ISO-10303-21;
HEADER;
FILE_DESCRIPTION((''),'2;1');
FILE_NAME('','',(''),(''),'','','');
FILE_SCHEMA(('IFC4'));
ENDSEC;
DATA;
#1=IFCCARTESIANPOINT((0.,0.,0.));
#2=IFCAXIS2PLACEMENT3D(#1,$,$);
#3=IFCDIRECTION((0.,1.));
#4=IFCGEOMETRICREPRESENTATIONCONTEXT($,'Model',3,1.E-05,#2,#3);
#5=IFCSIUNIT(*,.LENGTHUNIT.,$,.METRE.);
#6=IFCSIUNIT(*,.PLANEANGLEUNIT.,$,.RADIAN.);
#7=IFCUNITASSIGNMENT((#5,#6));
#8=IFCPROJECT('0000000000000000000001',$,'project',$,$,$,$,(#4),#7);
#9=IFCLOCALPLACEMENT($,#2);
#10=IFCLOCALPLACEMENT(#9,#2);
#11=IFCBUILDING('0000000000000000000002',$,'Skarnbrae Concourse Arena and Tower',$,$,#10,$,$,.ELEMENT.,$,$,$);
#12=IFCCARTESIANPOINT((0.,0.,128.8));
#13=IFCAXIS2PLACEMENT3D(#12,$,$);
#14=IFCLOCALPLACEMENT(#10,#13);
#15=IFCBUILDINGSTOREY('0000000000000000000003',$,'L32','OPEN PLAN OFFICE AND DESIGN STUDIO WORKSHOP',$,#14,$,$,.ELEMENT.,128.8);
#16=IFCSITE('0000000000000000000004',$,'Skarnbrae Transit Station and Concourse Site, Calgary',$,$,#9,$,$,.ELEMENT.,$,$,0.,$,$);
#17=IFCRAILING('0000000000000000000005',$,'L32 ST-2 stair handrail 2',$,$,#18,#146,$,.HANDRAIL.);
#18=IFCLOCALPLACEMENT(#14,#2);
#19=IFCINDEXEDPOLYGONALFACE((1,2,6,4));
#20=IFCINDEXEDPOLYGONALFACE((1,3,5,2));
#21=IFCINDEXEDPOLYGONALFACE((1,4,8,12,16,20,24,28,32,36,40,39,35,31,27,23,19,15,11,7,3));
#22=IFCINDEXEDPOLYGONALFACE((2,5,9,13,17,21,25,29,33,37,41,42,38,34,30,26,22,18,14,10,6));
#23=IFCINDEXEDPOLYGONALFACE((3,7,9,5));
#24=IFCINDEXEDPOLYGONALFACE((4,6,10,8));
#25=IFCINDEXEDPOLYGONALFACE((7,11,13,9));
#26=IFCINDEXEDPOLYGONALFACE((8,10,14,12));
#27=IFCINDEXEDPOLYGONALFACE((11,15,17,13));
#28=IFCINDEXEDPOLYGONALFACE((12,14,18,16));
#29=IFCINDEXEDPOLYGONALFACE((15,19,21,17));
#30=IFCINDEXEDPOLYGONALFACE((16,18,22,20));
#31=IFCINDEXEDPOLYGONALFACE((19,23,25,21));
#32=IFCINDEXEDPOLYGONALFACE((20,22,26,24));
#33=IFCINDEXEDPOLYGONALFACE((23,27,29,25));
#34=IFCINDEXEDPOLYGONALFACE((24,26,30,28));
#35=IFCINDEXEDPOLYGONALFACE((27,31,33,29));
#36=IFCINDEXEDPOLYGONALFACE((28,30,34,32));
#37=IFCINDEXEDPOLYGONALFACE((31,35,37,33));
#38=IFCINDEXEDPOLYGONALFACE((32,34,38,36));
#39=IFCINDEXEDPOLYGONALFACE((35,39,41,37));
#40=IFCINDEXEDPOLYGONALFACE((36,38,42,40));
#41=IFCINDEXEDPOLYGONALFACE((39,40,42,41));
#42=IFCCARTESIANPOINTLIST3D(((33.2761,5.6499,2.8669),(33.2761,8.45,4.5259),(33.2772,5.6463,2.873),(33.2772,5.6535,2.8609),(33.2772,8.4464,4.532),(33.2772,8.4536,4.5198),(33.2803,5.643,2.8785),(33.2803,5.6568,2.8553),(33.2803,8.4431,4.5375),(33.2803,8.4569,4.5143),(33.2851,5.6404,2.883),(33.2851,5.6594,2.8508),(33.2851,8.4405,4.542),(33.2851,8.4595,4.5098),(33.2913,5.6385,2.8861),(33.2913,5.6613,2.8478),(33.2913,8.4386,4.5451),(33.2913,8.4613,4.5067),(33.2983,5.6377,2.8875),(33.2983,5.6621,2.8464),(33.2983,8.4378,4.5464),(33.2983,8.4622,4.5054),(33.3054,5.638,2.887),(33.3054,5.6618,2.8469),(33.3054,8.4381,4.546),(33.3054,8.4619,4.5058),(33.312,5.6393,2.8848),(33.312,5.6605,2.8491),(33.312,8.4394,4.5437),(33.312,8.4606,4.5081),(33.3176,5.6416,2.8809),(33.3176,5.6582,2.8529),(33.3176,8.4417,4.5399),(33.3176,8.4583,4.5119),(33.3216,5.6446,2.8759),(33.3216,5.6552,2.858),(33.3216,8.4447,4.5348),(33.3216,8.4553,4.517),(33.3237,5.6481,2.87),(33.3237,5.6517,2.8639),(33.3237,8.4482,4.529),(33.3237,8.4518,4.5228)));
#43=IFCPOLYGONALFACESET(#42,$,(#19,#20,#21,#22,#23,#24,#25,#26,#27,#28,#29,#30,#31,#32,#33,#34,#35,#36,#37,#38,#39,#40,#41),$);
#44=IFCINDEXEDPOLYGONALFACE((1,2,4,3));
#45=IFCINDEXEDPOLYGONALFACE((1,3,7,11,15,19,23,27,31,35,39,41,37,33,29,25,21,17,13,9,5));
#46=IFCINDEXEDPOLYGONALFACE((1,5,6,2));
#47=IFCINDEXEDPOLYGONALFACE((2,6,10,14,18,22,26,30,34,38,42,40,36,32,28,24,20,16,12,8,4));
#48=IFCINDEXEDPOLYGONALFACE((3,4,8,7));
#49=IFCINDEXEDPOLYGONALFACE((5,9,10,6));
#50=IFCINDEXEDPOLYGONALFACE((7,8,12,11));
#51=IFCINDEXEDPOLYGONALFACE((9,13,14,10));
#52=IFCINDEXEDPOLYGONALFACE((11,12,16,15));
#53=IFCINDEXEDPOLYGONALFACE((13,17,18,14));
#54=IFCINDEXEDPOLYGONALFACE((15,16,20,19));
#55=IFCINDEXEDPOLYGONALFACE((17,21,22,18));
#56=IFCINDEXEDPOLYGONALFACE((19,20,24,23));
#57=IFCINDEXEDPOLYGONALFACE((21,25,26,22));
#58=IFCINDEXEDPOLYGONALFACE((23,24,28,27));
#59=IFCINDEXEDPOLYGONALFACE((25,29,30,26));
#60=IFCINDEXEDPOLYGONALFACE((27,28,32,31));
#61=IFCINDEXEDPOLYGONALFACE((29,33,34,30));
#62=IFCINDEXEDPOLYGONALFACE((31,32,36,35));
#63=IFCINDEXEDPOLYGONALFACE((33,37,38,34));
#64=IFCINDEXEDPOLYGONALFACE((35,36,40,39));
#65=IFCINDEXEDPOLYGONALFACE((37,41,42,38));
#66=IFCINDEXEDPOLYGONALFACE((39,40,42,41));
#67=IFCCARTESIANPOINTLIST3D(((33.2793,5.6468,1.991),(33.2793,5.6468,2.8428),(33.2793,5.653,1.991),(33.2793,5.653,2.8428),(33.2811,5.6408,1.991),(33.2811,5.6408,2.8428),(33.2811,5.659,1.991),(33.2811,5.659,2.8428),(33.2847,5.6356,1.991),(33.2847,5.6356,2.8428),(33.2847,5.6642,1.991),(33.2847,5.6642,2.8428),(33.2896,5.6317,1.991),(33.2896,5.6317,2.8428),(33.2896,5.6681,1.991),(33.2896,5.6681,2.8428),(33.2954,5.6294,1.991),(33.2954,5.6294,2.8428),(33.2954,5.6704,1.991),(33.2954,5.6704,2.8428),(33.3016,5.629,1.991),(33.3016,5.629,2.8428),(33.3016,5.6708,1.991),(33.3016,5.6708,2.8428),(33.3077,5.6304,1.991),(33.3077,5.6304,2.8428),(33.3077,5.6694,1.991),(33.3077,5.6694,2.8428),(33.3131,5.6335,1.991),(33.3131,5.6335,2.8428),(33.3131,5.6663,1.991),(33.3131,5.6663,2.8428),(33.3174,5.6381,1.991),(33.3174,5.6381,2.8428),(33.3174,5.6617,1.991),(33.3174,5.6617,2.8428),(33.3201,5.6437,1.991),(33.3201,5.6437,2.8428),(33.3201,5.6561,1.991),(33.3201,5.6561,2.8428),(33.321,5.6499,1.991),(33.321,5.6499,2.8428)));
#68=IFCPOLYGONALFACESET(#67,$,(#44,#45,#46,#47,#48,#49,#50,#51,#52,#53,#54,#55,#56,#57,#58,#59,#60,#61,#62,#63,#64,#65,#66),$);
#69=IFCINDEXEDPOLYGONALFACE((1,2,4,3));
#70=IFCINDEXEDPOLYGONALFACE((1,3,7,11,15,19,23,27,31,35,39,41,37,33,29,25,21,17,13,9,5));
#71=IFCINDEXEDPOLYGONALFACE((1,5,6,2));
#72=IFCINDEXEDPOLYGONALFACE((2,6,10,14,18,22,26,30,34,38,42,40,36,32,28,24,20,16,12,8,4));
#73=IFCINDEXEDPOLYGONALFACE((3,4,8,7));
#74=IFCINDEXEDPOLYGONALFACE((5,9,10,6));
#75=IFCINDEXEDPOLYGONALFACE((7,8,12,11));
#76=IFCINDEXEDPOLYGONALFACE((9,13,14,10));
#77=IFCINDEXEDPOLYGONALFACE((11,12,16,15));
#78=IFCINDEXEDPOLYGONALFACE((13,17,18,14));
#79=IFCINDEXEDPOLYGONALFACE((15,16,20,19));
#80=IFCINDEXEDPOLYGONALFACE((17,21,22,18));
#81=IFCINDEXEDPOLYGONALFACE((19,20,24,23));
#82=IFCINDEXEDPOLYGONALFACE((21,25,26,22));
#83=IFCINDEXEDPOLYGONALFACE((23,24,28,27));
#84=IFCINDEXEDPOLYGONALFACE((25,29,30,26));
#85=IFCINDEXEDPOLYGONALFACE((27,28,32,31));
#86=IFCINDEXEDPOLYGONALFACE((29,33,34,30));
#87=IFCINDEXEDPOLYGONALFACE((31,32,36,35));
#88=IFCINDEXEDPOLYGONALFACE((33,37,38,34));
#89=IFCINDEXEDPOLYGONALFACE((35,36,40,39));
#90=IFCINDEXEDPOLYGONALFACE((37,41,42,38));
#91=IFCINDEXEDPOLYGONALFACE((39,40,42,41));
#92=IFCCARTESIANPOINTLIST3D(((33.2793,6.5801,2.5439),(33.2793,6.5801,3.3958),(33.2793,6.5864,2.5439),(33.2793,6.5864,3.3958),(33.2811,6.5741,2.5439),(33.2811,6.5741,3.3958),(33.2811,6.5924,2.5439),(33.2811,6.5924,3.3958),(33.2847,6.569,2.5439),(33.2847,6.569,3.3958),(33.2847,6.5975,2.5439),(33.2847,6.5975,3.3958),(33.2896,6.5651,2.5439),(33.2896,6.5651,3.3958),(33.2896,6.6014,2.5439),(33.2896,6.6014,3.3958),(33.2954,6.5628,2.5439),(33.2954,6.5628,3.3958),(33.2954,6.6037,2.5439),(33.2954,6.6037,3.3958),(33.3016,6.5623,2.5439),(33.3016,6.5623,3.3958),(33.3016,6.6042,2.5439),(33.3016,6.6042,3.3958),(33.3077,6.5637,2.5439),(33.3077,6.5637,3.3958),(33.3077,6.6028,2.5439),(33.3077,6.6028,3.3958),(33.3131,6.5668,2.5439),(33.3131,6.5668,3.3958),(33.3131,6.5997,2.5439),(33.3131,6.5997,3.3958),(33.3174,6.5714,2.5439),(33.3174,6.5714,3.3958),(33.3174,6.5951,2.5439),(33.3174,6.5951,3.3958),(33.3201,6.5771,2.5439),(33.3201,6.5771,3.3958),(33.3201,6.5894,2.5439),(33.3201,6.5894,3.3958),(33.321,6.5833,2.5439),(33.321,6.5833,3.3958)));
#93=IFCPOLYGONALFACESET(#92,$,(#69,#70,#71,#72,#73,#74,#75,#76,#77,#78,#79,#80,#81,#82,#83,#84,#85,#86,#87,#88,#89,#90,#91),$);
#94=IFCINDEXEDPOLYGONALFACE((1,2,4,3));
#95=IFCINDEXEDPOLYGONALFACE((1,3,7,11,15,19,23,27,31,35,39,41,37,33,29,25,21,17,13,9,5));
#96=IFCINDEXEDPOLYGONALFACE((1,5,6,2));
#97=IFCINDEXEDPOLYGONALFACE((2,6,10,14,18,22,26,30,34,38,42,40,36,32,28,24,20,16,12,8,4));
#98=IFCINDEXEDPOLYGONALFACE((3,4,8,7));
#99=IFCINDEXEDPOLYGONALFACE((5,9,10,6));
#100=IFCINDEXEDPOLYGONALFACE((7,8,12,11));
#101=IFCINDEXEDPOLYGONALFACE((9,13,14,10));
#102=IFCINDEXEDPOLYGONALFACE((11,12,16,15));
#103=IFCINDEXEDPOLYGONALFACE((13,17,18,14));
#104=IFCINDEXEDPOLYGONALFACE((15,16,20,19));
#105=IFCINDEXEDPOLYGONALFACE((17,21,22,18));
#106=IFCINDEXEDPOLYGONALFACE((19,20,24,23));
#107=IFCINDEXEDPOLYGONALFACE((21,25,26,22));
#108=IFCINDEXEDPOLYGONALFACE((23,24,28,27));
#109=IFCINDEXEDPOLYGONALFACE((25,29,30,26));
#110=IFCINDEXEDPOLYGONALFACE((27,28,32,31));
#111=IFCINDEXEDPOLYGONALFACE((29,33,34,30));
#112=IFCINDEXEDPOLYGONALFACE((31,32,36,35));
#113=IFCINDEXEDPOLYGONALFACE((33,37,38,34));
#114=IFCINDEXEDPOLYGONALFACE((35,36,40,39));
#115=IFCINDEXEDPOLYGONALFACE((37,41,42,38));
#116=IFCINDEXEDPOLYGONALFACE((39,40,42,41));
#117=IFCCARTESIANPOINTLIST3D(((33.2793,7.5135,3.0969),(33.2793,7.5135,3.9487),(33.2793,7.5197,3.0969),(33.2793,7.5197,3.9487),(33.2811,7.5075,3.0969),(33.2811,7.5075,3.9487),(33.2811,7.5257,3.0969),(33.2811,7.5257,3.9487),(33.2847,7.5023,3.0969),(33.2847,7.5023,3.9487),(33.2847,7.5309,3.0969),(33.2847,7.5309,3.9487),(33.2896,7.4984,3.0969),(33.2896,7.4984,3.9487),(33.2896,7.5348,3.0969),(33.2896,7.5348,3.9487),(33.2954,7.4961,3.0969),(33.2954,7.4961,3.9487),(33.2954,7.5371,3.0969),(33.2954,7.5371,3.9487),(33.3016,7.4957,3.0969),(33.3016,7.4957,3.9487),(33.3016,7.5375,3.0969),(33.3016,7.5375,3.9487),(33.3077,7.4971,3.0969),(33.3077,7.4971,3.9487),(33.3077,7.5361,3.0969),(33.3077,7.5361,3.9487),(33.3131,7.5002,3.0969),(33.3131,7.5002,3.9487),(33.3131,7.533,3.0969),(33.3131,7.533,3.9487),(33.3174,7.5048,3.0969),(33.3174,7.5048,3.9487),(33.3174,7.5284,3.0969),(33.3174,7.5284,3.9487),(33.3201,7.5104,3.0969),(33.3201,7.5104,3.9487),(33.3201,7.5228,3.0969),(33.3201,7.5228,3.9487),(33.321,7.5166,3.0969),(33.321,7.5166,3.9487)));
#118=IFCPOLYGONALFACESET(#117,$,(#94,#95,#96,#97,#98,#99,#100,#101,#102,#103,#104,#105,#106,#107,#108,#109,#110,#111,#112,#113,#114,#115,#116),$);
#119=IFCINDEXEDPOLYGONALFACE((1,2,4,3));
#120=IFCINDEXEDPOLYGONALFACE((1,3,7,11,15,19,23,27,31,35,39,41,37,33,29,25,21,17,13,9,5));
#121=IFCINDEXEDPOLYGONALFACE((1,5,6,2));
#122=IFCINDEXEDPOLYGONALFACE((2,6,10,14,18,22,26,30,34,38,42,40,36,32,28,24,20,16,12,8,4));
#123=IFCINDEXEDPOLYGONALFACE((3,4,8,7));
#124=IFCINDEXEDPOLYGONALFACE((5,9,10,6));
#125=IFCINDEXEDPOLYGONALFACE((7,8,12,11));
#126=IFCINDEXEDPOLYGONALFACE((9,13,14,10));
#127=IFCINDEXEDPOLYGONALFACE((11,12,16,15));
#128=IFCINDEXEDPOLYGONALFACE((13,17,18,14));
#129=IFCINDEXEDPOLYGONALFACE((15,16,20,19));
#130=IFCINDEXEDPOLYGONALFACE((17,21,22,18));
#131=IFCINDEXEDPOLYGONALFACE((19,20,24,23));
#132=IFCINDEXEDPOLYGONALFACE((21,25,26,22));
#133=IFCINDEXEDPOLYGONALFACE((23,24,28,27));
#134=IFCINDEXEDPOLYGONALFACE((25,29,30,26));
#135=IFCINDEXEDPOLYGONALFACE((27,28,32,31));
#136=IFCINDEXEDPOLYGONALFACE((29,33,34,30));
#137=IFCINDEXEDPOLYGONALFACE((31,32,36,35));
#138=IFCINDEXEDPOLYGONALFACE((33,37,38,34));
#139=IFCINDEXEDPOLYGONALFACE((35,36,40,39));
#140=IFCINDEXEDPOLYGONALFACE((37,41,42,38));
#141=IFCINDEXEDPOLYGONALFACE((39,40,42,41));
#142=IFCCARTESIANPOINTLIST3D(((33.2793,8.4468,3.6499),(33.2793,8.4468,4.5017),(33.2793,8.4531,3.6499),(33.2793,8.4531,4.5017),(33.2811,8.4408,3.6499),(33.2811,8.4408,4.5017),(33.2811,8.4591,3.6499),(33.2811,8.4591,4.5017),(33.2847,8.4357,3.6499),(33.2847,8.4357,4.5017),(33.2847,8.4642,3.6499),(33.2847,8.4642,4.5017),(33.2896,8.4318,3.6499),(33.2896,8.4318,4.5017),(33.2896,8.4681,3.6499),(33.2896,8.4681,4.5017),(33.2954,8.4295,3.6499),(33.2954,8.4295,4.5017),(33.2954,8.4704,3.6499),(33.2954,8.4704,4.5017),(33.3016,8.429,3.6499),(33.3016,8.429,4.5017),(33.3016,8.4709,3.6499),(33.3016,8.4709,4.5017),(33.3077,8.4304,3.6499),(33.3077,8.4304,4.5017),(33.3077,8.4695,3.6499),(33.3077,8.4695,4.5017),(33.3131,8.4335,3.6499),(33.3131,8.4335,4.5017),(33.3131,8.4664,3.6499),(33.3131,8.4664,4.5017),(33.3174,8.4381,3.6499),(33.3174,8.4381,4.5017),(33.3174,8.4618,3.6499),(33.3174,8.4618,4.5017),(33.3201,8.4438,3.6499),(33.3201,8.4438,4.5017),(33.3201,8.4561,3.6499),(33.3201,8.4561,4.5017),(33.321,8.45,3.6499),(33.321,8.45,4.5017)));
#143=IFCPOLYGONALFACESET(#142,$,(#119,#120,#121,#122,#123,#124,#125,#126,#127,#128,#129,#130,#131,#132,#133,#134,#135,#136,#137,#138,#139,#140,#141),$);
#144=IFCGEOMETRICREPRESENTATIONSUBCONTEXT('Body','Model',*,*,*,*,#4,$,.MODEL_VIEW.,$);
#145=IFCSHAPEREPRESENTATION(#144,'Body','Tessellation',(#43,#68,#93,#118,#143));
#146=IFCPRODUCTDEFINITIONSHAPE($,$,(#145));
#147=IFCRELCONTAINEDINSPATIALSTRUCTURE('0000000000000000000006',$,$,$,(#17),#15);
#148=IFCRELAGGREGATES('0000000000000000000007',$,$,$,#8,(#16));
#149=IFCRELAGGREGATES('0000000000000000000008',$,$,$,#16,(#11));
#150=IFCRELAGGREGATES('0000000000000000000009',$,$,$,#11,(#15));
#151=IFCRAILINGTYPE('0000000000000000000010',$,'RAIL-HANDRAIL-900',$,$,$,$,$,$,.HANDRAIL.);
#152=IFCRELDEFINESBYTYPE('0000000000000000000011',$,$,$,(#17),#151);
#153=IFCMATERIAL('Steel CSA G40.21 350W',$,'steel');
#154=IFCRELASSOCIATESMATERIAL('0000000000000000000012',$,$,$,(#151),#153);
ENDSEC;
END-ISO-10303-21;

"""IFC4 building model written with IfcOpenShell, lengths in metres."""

from ifc_helpers import new_model, si_unit, direction, frame, origin, origin_2d, place, context, subcontext, project, spatial, circle, extrude, material, type_object, element, save


model = new_model("IFC4")

# Units and contexts
model_context = context("Model", 3, precision=1e-05, world=origin(), true_north=direction((0.0, 1.0)))
body_context = subcontext(model_context, "Body", "Model", "MODEL_VIEW")
ifc_project = project(units=[si_unit("LENGTHUNIT", "METRE"), si_unit("PLANEANGLEUNIT", "RADIAN")], contexts=[model_context])

# Site, building, storey
site_placement = place(None, origin())
site = spatial("IfcSite", under=ifc_project, at=site_placement, Name="Skarnbrae Transit Station and Concourse Site, Calgary", CompositionType="ELEMENT", RefElevation=0.0)
building_placement = place(site_placement, origin())
building = spatial("IfcBuilding", under=site, at=building_placement, Name="Skarnbrae Concourse Arena and Tower", CompositionType="ELEMENT")
storey_placement = place(building_placement, frame((0.0, 0.0, 128.8)))
storey = spatial("IfcBuildingStorey", under=building, at=storey_placement, Name="L32", Description="OPEN PLAN OFFICE AND DESIGN STUDIO WORKSHOP", CompositionType="ELEMENT", Elevation=128.8)

# Shared definitions
ifc_material_1 = material(Name="Steel CSA G40.21 350W", Category="steel")

# Railing
railing_type_1 = type_object("IfcRailingType", Name="RAIL-HANDRAIL-900", PredefinedType="HANDRAIL", material=ifc_material_1)
railing_1_placement = place(storey_placement, frame((33.3, 5.6499, 1.991)))
element("IfcRailing", 1, at=railing_1_placement, inside=storey, type_object=railing_type_1, Name="L32 ST-2 stair handrail 2", PredefinedType="HANDRAIL", context=body_context, shape_type="SweptSolid", body=[
    extrude(circle(Radius=0.0239, at=origin_2d()), frame((0.0, 0.0, 0.876), z_axis=(0.0, 0.860339, 0.509722), x_axis=(-1.0, 0.0, 0.0)), (0.0, 0.0, 1.0), 3.2546),
    extrude(circle(Radius=0.021, at=origin_2d()), origin(), (0.0, 0.0, 1.0), 0.8518),
    extrude(circle(Radius=0.021, at=origin_2d()), frame((0.0, 0.9333, 0.553)), (0.0, 0.0, 1.0), 0.8518),
    extrude(circle(Radius=0.021, at=origin_2d()), frame((0.0, 1.8667, 1.106)), (0.0, 0.0, 1.0), 0.8518),
    extrude(circle(Radius=0.021, at=origin_2d()), frame((0.0, 2.8, 1.6589)), (0.0, 0.0, 1.0), 0.8518),
])

save(model, "model.ifc")
